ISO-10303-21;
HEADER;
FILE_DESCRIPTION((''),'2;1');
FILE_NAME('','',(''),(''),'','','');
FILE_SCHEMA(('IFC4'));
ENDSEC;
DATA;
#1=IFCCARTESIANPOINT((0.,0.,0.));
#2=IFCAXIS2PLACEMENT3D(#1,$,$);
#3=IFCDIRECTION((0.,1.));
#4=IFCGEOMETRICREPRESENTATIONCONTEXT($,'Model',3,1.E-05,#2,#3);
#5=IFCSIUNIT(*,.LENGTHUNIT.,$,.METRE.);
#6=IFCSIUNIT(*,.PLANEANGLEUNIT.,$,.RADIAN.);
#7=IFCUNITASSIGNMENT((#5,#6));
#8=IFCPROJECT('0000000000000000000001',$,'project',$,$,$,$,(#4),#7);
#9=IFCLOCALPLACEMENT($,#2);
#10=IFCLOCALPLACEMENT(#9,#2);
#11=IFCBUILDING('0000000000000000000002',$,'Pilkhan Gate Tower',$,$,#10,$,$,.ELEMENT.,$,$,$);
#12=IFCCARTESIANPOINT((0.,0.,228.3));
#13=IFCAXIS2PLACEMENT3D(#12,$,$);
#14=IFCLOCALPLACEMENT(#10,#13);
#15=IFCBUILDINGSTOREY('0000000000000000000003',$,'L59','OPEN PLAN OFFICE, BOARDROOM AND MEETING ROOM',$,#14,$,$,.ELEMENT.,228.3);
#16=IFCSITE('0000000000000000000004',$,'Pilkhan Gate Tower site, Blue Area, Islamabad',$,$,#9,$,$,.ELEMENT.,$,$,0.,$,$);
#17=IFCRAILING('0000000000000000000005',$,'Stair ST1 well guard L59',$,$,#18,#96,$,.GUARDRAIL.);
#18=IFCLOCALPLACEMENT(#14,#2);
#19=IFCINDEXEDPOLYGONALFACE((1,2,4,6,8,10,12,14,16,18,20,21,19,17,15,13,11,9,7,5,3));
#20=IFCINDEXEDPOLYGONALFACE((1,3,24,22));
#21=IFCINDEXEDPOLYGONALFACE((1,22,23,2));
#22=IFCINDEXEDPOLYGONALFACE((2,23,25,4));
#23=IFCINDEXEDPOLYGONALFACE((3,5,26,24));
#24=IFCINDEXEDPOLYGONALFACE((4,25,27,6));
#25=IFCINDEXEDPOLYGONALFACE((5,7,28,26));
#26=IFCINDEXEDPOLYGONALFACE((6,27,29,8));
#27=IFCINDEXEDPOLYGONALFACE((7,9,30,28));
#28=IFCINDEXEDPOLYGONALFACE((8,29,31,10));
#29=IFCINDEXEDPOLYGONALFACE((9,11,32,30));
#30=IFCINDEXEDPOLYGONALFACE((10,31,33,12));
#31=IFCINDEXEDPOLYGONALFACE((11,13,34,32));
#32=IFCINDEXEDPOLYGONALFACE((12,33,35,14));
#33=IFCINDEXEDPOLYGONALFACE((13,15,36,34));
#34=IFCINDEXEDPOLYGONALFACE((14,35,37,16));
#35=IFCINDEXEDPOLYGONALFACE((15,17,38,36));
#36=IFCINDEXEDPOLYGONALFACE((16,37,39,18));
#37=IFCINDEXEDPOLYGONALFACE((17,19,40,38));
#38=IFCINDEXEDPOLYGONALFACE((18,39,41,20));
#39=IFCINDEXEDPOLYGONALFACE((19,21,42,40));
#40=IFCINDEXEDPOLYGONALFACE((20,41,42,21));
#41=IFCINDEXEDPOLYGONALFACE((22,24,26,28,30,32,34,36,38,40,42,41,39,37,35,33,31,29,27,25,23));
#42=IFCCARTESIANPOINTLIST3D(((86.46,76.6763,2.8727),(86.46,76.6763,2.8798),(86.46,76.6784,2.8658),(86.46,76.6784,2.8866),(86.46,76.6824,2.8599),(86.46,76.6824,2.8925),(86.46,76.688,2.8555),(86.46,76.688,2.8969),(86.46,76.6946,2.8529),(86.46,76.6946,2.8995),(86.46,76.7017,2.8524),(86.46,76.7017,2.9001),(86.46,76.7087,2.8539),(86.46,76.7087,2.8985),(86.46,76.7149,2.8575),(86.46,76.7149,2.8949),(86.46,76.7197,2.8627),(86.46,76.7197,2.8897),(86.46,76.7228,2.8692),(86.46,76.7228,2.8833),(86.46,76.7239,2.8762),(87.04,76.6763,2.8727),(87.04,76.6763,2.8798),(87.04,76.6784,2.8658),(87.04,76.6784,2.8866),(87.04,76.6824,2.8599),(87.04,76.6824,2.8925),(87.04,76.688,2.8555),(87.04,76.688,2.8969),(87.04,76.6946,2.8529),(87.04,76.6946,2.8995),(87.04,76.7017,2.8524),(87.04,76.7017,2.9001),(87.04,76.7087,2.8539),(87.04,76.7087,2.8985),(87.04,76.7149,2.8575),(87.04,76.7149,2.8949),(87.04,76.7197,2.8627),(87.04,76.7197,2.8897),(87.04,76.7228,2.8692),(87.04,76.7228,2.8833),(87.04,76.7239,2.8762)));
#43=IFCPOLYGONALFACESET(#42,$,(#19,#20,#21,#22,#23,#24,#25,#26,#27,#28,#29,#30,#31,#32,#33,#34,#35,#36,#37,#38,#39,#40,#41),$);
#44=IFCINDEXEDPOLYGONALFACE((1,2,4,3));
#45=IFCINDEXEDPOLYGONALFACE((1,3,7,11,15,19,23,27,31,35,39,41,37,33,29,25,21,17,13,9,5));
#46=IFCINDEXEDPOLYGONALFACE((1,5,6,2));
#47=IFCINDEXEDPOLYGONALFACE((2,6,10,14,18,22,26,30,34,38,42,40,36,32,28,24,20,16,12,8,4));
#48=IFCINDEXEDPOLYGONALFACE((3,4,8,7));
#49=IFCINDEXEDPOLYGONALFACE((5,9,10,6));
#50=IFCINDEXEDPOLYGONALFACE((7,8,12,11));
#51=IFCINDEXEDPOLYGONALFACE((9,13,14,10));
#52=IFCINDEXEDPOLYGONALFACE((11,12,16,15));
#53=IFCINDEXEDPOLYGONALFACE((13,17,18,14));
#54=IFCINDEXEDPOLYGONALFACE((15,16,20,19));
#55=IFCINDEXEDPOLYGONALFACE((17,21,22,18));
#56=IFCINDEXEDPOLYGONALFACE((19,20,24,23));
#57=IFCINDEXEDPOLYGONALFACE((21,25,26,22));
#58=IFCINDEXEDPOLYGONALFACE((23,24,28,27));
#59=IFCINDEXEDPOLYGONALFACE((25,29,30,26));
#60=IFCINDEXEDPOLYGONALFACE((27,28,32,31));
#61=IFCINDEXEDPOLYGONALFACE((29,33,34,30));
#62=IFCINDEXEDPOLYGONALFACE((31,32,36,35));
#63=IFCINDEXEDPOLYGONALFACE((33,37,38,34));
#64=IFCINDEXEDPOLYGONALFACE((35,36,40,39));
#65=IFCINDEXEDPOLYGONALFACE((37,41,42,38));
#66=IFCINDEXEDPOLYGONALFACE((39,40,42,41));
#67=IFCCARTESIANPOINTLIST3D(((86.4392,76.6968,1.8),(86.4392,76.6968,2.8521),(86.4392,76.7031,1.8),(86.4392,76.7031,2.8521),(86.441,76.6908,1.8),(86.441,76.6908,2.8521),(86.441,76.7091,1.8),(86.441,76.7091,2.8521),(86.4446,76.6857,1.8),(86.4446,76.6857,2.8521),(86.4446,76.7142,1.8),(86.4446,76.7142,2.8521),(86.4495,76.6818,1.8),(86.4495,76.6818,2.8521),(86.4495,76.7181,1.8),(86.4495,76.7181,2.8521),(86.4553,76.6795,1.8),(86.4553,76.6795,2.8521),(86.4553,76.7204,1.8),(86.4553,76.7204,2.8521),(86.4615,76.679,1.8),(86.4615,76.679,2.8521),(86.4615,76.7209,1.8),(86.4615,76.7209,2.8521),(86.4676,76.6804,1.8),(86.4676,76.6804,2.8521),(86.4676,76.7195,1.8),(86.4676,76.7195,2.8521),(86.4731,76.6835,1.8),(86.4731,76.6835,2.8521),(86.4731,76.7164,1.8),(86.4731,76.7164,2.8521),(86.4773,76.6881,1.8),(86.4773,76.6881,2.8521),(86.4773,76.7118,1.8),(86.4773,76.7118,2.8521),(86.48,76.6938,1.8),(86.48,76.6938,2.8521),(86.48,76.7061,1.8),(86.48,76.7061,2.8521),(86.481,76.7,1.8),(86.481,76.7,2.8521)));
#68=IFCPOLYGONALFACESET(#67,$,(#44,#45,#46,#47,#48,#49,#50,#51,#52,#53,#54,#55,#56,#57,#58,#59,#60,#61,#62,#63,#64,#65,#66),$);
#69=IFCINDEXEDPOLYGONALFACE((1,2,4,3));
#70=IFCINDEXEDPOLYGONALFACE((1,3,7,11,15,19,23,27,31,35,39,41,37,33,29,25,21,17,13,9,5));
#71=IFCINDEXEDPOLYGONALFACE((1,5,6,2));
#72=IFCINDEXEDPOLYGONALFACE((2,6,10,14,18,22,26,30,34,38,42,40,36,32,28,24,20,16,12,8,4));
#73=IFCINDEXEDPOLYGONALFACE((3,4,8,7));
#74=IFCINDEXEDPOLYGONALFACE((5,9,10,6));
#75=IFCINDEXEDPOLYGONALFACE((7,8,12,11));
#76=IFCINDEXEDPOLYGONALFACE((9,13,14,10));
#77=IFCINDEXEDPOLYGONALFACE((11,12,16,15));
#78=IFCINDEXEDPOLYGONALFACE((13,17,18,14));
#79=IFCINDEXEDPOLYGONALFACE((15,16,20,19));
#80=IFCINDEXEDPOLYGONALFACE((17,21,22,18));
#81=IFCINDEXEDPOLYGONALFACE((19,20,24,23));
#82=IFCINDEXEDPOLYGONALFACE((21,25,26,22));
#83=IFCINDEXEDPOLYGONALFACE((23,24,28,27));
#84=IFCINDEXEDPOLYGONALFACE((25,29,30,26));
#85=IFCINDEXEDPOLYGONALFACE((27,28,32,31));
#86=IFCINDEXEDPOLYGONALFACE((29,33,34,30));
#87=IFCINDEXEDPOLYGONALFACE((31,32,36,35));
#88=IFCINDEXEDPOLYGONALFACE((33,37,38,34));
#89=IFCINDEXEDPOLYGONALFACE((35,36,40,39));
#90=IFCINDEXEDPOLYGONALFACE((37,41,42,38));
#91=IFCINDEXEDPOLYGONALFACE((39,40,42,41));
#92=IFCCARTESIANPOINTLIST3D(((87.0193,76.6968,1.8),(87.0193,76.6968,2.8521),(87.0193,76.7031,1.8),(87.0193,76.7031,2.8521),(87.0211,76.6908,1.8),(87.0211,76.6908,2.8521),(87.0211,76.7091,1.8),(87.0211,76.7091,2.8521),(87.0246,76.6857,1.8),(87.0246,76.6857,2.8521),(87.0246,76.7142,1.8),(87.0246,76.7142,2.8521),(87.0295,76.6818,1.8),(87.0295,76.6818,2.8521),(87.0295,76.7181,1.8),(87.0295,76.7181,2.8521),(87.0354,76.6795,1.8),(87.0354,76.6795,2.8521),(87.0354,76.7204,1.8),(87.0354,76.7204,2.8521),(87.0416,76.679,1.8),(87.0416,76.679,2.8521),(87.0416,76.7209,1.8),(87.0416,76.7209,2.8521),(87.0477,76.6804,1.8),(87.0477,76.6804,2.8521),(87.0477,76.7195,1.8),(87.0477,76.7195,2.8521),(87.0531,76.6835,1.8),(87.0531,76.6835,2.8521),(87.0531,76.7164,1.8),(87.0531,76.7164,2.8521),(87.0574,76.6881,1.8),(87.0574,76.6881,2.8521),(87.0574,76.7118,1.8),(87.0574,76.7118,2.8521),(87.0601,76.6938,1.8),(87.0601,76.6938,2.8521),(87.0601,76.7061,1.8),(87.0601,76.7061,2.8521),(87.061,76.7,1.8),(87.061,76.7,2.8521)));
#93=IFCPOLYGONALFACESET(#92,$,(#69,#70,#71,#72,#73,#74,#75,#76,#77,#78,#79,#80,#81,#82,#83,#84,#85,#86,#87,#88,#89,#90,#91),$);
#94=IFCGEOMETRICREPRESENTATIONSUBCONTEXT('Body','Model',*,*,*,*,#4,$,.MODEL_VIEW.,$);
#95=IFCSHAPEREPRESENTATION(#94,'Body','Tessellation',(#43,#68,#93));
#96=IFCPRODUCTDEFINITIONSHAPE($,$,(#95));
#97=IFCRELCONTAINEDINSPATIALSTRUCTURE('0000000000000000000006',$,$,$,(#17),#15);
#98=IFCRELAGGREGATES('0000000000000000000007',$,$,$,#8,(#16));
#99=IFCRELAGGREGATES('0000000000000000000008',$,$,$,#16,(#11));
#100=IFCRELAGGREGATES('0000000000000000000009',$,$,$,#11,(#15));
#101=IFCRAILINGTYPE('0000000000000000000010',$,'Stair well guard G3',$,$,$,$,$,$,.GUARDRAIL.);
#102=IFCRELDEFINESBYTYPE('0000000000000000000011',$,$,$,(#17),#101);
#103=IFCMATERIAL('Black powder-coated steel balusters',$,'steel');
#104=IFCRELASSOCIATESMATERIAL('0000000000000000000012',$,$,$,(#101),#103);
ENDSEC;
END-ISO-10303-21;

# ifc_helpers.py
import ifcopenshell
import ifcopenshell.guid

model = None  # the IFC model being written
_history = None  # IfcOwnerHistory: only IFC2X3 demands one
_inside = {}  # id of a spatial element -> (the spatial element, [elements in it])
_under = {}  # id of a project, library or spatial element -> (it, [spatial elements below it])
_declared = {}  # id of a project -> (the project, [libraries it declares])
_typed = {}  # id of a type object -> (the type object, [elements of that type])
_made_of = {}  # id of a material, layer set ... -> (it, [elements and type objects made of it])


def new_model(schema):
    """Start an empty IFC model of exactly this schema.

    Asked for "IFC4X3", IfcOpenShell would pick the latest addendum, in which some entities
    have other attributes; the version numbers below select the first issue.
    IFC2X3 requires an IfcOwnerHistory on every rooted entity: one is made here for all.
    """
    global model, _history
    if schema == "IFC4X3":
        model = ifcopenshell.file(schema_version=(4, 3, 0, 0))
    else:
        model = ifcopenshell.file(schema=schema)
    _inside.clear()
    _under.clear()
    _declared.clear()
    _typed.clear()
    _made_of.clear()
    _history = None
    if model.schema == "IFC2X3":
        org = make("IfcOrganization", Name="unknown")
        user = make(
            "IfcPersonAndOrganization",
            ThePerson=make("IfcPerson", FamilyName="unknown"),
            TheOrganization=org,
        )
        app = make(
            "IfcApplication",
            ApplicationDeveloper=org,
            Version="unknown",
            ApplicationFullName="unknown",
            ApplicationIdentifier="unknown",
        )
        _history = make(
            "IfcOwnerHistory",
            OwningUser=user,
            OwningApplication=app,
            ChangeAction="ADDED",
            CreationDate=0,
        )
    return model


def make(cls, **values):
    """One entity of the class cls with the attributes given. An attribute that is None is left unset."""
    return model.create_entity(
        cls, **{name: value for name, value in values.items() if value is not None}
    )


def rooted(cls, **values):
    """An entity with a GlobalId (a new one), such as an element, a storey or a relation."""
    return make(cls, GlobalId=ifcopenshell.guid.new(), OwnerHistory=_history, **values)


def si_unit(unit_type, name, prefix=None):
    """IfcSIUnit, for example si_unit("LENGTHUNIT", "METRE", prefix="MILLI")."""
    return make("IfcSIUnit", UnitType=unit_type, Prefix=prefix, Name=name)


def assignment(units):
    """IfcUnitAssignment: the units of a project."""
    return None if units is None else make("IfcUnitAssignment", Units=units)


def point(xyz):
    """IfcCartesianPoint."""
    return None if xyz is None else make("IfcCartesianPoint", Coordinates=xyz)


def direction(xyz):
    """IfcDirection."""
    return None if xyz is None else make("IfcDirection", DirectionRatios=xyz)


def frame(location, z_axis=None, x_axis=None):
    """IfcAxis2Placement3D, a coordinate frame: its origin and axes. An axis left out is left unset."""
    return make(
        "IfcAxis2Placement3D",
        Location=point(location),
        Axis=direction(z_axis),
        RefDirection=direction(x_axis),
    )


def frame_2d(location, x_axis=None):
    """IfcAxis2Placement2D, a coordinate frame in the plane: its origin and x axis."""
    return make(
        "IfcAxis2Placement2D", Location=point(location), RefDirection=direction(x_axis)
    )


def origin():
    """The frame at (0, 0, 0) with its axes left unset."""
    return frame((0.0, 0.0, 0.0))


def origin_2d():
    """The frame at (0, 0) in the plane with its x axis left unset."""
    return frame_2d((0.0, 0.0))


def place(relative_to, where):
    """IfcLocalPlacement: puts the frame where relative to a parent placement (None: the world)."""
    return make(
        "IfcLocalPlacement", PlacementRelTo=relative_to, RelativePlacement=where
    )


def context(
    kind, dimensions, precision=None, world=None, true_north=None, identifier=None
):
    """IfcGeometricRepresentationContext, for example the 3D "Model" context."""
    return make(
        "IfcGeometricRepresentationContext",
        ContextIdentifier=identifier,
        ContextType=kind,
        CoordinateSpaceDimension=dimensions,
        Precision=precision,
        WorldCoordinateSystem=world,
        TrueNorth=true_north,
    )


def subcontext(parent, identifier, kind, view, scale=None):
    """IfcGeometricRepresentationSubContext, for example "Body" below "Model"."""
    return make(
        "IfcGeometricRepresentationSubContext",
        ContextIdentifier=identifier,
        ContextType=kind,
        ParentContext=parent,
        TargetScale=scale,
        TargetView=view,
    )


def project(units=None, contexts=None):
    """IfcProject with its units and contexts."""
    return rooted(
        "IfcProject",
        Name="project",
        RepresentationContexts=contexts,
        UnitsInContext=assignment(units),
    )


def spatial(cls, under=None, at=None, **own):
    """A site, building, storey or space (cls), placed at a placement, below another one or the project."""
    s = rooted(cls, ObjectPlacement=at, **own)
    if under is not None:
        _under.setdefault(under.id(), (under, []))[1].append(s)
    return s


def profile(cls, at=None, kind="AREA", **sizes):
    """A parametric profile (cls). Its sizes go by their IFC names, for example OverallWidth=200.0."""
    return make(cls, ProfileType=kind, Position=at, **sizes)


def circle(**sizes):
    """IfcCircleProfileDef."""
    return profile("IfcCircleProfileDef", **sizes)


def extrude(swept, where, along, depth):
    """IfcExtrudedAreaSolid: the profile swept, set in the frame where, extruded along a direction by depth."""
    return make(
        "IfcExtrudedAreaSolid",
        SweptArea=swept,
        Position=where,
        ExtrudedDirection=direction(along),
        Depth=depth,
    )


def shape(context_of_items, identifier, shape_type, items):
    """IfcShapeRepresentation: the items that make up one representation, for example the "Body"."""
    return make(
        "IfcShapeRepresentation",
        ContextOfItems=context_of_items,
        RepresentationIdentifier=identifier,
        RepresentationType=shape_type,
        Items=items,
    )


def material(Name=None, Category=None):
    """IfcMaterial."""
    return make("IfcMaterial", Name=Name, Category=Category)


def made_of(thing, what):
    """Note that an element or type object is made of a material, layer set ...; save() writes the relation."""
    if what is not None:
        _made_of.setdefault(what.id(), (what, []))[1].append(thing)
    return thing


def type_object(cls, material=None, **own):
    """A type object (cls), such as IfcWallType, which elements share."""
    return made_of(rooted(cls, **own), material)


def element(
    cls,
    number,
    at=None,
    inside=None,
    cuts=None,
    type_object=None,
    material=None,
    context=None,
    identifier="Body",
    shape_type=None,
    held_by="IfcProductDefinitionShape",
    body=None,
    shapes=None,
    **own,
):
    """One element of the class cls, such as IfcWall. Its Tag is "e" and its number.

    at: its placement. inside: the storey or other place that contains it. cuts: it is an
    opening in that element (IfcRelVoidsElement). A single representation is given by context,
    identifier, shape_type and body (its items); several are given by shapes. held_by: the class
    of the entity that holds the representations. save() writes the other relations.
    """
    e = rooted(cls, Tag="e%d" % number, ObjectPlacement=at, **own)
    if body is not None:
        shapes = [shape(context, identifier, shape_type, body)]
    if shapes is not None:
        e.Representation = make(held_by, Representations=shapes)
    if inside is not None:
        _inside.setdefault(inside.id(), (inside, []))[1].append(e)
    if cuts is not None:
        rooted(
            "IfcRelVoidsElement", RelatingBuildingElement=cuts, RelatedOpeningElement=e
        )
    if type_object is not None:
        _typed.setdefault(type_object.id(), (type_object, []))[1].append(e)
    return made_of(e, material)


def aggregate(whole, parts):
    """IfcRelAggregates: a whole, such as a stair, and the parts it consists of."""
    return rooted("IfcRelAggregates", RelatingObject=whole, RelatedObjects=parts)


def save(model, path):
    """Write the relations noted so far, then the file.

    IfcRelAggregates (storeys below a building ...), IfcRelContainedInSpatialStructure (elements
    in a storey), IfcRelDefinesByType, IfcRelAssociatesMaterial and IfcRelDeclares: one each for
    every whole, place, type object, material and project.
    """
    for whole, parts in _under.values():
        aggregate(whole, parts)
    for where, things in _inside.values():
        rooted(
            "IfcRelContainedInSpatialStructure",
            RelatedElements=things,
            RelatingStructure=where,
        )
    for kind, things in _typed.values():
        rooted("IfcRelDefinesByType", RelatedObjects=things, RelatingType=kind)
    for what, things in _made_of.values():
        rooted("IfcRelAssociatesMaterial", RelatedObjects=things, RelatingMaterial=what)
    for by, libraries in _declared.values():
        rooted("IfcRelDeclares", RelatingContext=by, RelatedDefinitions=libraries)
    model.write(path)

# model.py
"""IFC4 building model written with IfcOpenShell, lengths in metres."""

from ifc_helpers import new_model, si_unit, direction, frame, origin, origin_2d, place, context, subcontext, project, spatial, circle, extrude, material, type_object, element, save


model = new_model("IFC4")

# Units and contexts
model_context = context("Model", 3, precision=1e-05, world=origin(), true_north=direction((0.0, 1.0)))
body_context = subcontext(model_context, "Body", "Model", "MODEL_VIEW")
ifc_project = project(units=[si_unit("LENGTHUNIT", "METRE"), si_unit("PLANEANGLEUNIT", "RADIAN")], contexts=[model_context])

# Site, building, storey
site_placement = place(None, origin())
site = spatial("IfcSite", under=ifc_project, at=site_placement, Name="Pilkhan Gate Tower site, Blue Area, Islamabad", CompositionType="ELEMENT", RefElevation=0.0)
building_placement = place(site_placement, origin())
building = spatial("IfcBuilding", under=site, at=building_placement, Name="Pilkhan Gate Tower", CompositionType="ELEMENT")
storey_placement = place(building_placement, frame((0.0, 0.0, 228.3)))
storey = spatial("IfcBuildingStorey", under=building, at=storey_placement, Name="L59", Description="OPEN PLAN OFFICE, BOARDROOM AND MEETING ROOM", CompositionType="ELEMENT", Elevation=228.3)

# Railing
ifc_material_1 = material(Name="Black powder-coated steel balusters", Category="steel")
railing_type_1 = type_object("IfcRailingType", Name="Stair well guard G3", PredefinedType="GUARDRAIL", material=ifc_material_1)
for number, where, name in (
    (1, (86.46, 76.7, 1.8), "Stair ST1 well guard L59"),
):
    element("IfcRailing", number, at=place(storey_placement, frame(where)), inside=storey, type_object=railing_type_1, Name=name, PredefinedType="GUARDRAIL", context=body_context, shape_type="SweptSolid", body=[
        extrude(circle(Radius=0.0239, at=origin_2d()), frame((0.0, 0.0, 1.0762), z_axis=(1.0, 0.0, 0.0), x_axis=(0.0, 1.0, 0.0)), (0.0, 0.0, 1.0), 0.5801),
        extrude(circle(Radius=0.021, at=origin_2d()), origin(), (0.0, 0.0, 1.0), 1.052),
        extrude(circle(Radius=0.021, at=origin_2d()), frame((0.5801, 0.0, 0.0)), (0.0, 0.0, 1.0), 1.052),
    ])

save(model, "model.ifc")
